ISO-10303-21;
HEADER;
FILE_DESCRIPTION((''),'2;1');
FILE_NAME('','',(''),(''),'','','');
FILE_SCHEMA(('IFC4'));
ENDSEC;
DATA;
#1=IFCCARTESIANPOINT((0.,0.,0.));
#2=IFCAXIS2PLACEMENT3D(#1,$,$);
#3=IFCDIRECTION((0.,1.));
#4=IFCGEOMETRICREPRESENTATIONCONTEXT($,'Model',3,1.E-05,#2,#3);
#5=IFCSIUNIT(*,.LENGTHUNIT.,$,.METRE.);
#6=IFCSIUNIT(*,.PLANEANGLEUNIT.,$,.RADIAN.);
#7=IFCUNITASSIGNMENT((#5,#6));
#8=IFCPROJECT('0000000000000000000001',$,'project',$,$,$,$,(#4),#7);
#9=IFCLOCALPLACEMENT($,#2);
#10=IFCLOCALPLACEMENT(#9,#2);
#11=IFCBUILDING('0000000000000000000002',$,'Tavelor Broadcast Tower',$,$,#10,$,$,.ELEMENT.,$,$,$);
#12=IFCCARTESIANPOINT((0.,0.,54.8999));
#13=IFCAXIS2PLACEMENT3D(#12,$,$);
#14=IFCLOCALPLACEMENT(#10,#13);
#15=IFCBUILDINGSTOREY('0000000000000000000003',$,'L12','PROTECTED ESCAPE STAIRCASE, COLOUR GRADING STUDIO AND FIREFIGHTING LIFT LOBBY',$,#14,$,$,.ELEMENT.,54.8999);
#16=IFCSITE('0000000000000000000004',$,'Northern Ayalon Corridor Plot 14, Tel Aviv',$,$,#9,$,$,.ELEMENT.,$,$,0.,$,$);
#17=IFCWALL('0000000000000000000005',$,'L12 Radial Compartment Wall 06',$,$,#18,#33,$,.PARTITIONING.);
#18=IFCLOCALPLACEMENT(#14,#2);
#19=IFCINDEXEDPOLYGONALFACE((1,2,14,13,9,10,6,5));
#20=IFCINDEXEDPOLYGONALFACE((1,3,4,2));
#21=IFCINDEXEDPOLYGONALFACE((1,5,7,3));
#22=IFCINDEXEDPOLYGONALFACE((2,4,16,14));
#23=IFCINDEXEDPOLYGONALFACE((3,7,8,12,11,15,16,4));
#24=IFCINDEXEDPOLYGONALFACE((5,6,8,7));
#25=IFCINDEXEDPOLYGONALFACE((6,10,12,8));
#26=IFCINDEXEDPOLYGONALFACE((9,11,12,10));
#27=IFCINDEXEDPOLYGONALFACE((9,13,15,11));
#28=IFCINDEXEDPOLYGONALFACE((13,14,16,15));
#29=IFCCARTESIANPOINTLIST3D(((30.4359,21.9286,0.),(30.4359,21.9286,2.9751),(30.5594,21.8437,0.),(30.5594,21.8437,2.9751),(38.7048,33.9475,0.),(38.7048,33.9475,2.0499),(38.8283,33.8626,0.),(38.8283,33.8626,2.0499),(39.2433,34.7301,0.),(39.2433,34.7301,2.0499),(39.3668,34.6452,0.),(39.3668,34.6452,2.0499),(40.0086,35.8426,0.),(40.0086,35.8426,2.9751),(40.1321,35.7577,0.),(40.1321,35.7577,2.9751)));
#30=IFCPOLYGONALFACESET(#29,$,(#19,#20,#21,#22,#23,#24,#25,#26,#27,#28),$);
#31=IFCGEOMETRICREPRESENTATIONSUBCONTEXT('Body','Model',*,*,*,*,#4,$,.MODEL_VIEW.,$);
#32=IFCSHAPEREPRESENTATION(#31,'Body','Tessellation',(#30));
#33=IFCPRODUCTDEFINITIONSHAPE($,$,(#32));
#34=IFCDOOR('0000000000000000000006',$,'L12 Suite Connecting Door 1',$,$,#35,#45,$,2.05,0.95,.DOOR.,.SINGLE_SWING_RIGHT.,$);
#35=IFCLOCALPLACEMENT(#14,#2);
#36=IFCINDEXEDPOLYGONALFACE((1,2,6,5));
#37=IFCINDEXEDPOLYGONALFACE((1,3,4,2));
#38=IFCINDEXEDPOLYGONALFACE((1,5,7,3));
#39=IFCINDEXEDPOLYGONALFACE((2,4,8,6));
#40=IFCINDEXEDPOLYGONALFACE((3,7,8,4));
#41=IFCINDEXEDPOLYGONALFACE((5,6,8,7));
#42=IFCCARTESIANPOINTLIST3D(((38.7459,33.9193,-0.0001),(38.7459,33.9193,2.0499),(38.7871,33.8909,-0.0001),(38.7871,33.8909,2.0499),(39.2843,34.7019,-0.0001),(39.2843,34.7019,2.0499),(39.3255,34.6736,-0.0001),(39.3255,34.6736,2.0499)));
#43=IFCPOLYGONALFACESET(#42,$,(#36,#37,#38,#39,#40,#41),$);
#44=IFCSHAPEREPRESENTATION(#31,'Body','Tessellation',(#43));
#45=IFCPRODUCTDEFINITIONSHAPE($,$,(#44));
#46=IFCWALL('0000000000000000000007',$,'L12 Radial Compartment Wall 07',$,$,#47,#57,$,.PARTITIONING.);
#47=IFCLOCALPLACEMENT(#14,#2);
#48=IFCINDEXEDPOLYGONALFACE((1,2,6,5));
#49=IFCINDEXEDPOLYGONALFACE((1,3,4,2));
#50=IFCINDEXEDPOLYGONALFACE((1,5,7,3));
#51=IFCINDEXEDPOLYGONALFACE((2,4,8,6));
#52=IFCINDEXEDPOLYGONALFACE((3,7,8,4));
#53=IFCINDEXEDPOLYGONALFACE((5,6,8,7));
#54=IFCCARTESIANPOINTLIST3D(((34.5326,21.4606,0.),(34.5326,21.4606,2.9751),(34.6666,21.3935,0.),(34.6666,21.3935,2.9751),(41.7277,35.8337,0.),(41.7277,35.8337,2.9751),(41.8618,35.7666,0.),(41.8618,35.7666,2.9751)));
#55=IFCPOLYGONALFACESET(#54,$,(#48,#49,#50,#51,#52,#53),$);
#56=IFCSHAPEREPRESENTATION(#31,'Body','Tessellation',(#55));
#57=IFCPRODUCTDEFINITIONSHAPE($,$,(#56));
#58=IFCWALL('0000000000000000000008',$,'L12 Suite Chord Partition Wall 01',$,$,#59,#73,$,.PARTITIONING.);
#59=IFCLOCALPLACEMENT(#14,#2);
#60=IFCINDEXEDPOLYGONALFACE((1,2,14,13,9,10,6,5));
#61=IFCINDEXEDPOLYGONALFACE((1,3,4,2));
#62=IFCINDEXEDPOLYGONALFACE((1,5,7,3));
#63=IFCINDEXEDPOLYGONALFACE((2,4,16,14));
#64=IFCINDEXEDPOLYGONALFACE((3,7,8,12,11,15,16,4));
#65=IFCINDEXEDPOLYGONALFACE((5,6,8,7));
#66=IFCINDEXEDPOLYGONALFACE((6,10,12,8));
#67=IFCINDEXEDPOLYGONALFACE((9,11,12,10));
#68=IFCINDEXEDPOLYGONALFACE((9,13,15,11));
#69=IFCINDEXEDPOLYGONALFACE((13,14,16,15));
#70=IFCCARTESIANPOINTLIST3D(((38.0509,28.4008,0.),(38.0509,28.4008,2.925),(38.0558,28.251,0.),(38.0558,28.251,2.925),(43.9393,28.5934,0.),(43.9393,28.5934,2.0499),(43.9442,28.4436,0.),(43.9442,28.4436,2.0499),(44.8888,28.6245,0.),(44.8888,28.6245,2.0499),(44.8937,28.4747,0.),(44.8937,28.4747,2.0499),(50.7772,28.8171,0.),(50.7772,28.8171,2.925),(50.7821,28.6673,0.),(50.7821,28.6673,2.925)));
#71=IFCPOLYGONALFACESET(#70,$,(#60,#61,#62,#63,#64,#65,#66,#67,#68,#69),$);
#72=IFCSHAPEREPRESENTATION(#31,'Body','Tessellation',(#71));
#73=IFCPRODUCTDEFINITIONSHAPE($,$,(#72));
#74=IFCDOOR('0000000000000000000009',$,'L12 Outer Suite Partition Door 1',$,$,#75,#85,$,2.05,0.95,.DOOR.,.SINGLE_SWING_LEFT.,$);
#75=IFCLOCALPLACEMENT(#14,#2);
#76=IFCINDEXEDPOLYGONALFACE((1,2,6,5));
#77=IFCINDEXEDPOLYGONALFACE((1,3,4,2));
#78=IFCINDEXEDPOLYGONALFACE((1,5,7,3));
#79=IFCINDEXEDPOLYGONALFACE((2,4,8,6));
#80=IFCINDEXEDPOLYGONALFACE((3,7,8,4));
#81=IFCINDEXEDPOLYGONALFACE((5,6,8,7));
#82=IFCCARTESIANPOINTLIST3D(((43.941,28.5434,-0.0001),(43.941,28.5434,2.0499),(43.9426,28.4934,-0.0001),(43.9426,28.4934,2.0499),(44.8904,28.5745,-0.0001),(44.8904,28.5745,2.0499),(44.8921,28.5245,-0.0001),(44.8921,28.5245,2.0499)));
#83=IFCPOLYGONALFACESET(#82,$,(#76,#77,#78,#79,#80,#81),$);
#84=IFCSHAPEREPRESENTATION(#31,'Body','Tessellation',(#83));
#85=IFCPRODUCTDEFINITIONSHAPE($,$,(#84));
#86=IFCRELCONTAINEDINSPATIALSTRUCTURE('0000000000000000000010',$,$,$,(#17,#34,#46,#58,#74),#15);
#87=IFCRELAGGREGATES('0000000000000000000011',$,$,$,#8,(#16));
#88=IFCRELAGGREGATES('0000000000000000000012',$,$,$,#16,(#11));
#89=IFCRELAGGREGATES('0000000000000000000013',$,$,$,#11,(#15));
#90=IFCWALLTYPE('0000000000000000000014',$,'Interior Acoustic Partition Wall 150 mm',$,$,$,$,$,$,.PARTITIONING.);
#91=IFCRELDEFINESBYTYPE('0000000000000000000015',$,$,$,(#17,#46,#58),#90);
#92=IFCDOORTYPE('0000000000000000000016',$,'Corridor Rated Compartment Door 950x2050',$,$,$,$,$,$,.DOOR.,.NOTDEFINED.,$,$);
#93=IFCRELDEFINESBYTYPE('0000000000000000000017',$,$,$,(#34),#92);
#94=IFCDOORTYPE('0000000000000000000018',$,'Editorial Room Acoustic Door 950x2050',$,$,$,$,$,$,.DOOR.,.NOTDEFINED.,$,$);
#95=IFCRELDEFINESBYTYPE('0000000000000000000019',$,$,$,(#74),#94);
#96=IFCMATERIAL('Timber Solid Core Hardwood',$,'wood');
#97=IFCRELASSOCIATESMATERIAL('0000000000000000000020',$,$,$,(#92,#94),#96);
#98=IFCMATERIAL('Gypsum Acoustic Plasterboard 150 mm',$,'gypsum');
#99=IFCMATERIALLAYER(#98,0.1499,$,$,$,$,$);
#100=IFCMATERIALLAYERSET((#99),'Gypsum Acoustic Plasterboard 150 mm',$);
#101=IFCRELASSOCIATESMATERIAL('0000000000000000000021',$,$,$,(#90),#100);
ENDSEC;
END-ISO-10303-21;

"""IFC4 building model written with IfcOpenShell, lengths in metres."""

from ifc_helpers import new_model, si_unit, direction, frame, frame_2d, origin, place, context, subcontext, project, spatial, rectangle, extrude, material, layer, layer_set, type_object, element, fill, save


model = new_model("IFC4")

# Units and contexts
model_context = context("Model", 3, precision=1e-05, world=origin(), true_north=direction((0.0, 1.0)))
body_context = subcontext(model_context, "Body", "Model", "MODEL_VIEW")
ifc_project = project(units=[si_unit("LENGTHUNIT", "METRE"), si_unit("PLANEANGLEUNIT", "RADIAN")], contexts=[model_context])

# Site, building, storey
site_placement = place(None, origin())
site = spatial("IfcSite", under=ifc_project, at=site_placement, Name="Northern Ayalon Corridor Plot 14, Tel Aviv", CompositionType="ELEMENT", RefElevation=0.0)
building_placement = place(site_placement, origin())
building = spatial("IfcBuilding", under=site, at=building_placement, Name="Tavelor Broadcast Tower", CompositionType="ELEMENT")
storey_placement = place(building_placement, frame((0.0, 0.0, 54.8999)))
storey = spatial("IfcBuildingStorey", under=building, at=storey_placement, Name="L12", Description="PROTECTED ESCAPE STAIRCASE, COLOUR GRADING STUDIO AND FIREFIGHTING LIFT LOBBY", CompositionType="ELEMENT", Elevation=54.8999)

# Shared definitions
ifc_material_1 = material(Name="Timber Solid Core Hardwood", Category="wood")
door_type_1 = type_object("IfcDoorType", Name="Corridor Rated Compartment Door 950x2050", OperationType="NOTDEFINED", PredefinedType="DOOR", material=ifc_material_1)

# Wall, opening, door
ifc_material_2 = material(Name="Gypsum Acoustic Plasterboard 150 mm", Category="gypsum")
ifc_layer_1 = layer(ifc_material_2, 0.1499)
ifc_layer_set_1 = layer_set([ifc_layer_1], Name="Gypsum Acoustic Plasterboard 150 mm")
wall_type_1 = type_object("IfcWallType", Name="Interior Acoustic Partition Wall 150 mm", PredefinedType="PARTITIONING", material=ifc_layer_set_1)
wall_1_placement = place(storey_placement, frame((40.0703, 35.8, 0.0), z_axis=(0.0, 0.0, 1.0), x_axis=(-0.566804, -0.823853, 0.0)))
wall_1 = element("IfcWall", 1, at=wall_1_placement, inside=storey, type_object=wall_type_1, Name="L12 Radial Compartment Wall 06", PredefinedType="PARTITIONING", context=body_context, shape_type="SweptSolid", body=[
    extrude(rectangle(XDim=16.8889, YDim=0.1499, at=frame_2d((8.4443, 0.0))), origin(), (0.0, 0.0, 1.0), 2.9751),
])
opening_1_placement = place(wall_1_placement, frame((1.3501, 0.0, 0.0)))
opening_1 = element("IfcOpeningElement", 2, at=opening_1_placement, cuts=wall_1, PredefinedType="OPENING", context=body_context, shape_type="SweptSolid", body=[
    extrude(rectangle(XDim=0.95, YDim=2.05, at=frame_2d((0.4751, 1.0249))), frame((0.0, 0.085, 0.0), z_axis=(0.0, -1.0, 0.0), x_axis=(1.0, 0.0, 0.0)), (0.0, 0.0, 1.0), 0.1699),
])
door_1_placement = place(opening_1_placement, origin())
door_1 = element("IfcDoor", 3, at=door_1_placement, inside=storey, type_object=door_type_1, Name="L12 Suite Connecting Door 1", OperationType="SINGLE_SWING_RIGHT", OverallHeight=2.05, OverallWidth=0.95, PredefinedType="DOOR", context=body_context, shape_type="SweptSolid", body=[
    extrude(rectangle(XDim=0.95, YDim=2.05, at=frame_2d((0.4751, 1.0249))), frame((0.0, 0.0249, 0.0), z_axis=(0.0, -1.0, 0.0), x_axis=(1.0, 0.0, 0.0)), (0.0, 0.0, 1.0), 0.05),
])
fill(opening_1, door_1)

# Wall
wall_2_placement = place(storey_placement, frame((41.7947, 35.8, 0.0), z_axis=(0.0, 0.0, 1.0), x_axis=(-0.447639, -0.894214, 0.0)))
element("IfcWall", 4, at=wall_2_placement, inside=storey, type_object=wall_type_1, Name="L12 Radial Compartment Wall 07", PredefinedType="PARTITIONING", context=body_context, shape_type="SweptSolid", body=[
    extrude(rectangle(XDim=16.0735, YDim=0.1499, at=frame_2d((8.0366, 0.0))), origin(), (0.0, 0.0, 1.0), 2.9751),
])

# Wall, opening, door
wall_3_placement = place(storey_placement, frame((38.0532, 28.3259, 0.0), z_axis=(0.0, 0.0, 1.0), x_axis=(0.999466, 0.032691, 0.0)))
wall_3 = element("IfcWall", 5, at=wall_3_placement, inside=storey, type_object=wall_type_1, Name="L12 Suite Chord Partition Wall 01", PredefinedType="PARTITIONING", context=body_context, shape_type="SweptSolid", body=[
    extrude(rectangle(XDim=12.7332, YDim=0.1499, at=frame_2d((6.3667, 0.0))), origin(), (0.0, 0.0, 1.0), 2.925),
])
opening_2_placement = place(wall_3_placement, frame((5.8916, 0.0, 0.0)))
opening_2 = element("IfcOpeningElement", 6, at=opening_2_placement, cuts=wall_3, PredefinedType="OPENING", context=body_context, shape_type="SweptSolid", body=[
    extrude(rectangle(XDim=0.95, YDim=2.05, at=frame_2d((0.4751, 1.0249))), frame((0.0, 0.085, 0.0), z_axis=(0.0, -1.0, 0.0), x_axis=(1.0, 0.0, 0.0)), (0.0, 0.0, 1.0), 0.1699),
])
door_type_2 = type_object("IfcDoorType", Name="Editorial Room Acoustic Door 950x2050", OperationType="NOTDEFINED", PredefinedType="DOOR", material=ifc_material_1)
door_2_placement = place(opening_2_placement, origin())
door_2 = element("IfcDoor", 7, at=door_2_placement, inside=storey, type_object=door_type_2, Name="L12 Outer Suite Partition Door 1", OperationType="SINGLE_SWING_LEFT", OverallHeight=2.05, OverallWidth=0.95, PredefinedType="DOOR", context=body_context, shape_type="SweptSolid", body=[
    extrude(rectangle(XDim=0.95, YDim=2.05, at=frame_2d((0.4751, 1.0249))), frame((0.0, 0.0249, 0.0), z_axis=(0.0, -1.0, 0.0), x_axis=(1.0, 0.0, 0.0)), (0.0, 0.0, 1.0), 0.05),
])
fill(opening_2, door_2)

save(model, "model.ifc")
